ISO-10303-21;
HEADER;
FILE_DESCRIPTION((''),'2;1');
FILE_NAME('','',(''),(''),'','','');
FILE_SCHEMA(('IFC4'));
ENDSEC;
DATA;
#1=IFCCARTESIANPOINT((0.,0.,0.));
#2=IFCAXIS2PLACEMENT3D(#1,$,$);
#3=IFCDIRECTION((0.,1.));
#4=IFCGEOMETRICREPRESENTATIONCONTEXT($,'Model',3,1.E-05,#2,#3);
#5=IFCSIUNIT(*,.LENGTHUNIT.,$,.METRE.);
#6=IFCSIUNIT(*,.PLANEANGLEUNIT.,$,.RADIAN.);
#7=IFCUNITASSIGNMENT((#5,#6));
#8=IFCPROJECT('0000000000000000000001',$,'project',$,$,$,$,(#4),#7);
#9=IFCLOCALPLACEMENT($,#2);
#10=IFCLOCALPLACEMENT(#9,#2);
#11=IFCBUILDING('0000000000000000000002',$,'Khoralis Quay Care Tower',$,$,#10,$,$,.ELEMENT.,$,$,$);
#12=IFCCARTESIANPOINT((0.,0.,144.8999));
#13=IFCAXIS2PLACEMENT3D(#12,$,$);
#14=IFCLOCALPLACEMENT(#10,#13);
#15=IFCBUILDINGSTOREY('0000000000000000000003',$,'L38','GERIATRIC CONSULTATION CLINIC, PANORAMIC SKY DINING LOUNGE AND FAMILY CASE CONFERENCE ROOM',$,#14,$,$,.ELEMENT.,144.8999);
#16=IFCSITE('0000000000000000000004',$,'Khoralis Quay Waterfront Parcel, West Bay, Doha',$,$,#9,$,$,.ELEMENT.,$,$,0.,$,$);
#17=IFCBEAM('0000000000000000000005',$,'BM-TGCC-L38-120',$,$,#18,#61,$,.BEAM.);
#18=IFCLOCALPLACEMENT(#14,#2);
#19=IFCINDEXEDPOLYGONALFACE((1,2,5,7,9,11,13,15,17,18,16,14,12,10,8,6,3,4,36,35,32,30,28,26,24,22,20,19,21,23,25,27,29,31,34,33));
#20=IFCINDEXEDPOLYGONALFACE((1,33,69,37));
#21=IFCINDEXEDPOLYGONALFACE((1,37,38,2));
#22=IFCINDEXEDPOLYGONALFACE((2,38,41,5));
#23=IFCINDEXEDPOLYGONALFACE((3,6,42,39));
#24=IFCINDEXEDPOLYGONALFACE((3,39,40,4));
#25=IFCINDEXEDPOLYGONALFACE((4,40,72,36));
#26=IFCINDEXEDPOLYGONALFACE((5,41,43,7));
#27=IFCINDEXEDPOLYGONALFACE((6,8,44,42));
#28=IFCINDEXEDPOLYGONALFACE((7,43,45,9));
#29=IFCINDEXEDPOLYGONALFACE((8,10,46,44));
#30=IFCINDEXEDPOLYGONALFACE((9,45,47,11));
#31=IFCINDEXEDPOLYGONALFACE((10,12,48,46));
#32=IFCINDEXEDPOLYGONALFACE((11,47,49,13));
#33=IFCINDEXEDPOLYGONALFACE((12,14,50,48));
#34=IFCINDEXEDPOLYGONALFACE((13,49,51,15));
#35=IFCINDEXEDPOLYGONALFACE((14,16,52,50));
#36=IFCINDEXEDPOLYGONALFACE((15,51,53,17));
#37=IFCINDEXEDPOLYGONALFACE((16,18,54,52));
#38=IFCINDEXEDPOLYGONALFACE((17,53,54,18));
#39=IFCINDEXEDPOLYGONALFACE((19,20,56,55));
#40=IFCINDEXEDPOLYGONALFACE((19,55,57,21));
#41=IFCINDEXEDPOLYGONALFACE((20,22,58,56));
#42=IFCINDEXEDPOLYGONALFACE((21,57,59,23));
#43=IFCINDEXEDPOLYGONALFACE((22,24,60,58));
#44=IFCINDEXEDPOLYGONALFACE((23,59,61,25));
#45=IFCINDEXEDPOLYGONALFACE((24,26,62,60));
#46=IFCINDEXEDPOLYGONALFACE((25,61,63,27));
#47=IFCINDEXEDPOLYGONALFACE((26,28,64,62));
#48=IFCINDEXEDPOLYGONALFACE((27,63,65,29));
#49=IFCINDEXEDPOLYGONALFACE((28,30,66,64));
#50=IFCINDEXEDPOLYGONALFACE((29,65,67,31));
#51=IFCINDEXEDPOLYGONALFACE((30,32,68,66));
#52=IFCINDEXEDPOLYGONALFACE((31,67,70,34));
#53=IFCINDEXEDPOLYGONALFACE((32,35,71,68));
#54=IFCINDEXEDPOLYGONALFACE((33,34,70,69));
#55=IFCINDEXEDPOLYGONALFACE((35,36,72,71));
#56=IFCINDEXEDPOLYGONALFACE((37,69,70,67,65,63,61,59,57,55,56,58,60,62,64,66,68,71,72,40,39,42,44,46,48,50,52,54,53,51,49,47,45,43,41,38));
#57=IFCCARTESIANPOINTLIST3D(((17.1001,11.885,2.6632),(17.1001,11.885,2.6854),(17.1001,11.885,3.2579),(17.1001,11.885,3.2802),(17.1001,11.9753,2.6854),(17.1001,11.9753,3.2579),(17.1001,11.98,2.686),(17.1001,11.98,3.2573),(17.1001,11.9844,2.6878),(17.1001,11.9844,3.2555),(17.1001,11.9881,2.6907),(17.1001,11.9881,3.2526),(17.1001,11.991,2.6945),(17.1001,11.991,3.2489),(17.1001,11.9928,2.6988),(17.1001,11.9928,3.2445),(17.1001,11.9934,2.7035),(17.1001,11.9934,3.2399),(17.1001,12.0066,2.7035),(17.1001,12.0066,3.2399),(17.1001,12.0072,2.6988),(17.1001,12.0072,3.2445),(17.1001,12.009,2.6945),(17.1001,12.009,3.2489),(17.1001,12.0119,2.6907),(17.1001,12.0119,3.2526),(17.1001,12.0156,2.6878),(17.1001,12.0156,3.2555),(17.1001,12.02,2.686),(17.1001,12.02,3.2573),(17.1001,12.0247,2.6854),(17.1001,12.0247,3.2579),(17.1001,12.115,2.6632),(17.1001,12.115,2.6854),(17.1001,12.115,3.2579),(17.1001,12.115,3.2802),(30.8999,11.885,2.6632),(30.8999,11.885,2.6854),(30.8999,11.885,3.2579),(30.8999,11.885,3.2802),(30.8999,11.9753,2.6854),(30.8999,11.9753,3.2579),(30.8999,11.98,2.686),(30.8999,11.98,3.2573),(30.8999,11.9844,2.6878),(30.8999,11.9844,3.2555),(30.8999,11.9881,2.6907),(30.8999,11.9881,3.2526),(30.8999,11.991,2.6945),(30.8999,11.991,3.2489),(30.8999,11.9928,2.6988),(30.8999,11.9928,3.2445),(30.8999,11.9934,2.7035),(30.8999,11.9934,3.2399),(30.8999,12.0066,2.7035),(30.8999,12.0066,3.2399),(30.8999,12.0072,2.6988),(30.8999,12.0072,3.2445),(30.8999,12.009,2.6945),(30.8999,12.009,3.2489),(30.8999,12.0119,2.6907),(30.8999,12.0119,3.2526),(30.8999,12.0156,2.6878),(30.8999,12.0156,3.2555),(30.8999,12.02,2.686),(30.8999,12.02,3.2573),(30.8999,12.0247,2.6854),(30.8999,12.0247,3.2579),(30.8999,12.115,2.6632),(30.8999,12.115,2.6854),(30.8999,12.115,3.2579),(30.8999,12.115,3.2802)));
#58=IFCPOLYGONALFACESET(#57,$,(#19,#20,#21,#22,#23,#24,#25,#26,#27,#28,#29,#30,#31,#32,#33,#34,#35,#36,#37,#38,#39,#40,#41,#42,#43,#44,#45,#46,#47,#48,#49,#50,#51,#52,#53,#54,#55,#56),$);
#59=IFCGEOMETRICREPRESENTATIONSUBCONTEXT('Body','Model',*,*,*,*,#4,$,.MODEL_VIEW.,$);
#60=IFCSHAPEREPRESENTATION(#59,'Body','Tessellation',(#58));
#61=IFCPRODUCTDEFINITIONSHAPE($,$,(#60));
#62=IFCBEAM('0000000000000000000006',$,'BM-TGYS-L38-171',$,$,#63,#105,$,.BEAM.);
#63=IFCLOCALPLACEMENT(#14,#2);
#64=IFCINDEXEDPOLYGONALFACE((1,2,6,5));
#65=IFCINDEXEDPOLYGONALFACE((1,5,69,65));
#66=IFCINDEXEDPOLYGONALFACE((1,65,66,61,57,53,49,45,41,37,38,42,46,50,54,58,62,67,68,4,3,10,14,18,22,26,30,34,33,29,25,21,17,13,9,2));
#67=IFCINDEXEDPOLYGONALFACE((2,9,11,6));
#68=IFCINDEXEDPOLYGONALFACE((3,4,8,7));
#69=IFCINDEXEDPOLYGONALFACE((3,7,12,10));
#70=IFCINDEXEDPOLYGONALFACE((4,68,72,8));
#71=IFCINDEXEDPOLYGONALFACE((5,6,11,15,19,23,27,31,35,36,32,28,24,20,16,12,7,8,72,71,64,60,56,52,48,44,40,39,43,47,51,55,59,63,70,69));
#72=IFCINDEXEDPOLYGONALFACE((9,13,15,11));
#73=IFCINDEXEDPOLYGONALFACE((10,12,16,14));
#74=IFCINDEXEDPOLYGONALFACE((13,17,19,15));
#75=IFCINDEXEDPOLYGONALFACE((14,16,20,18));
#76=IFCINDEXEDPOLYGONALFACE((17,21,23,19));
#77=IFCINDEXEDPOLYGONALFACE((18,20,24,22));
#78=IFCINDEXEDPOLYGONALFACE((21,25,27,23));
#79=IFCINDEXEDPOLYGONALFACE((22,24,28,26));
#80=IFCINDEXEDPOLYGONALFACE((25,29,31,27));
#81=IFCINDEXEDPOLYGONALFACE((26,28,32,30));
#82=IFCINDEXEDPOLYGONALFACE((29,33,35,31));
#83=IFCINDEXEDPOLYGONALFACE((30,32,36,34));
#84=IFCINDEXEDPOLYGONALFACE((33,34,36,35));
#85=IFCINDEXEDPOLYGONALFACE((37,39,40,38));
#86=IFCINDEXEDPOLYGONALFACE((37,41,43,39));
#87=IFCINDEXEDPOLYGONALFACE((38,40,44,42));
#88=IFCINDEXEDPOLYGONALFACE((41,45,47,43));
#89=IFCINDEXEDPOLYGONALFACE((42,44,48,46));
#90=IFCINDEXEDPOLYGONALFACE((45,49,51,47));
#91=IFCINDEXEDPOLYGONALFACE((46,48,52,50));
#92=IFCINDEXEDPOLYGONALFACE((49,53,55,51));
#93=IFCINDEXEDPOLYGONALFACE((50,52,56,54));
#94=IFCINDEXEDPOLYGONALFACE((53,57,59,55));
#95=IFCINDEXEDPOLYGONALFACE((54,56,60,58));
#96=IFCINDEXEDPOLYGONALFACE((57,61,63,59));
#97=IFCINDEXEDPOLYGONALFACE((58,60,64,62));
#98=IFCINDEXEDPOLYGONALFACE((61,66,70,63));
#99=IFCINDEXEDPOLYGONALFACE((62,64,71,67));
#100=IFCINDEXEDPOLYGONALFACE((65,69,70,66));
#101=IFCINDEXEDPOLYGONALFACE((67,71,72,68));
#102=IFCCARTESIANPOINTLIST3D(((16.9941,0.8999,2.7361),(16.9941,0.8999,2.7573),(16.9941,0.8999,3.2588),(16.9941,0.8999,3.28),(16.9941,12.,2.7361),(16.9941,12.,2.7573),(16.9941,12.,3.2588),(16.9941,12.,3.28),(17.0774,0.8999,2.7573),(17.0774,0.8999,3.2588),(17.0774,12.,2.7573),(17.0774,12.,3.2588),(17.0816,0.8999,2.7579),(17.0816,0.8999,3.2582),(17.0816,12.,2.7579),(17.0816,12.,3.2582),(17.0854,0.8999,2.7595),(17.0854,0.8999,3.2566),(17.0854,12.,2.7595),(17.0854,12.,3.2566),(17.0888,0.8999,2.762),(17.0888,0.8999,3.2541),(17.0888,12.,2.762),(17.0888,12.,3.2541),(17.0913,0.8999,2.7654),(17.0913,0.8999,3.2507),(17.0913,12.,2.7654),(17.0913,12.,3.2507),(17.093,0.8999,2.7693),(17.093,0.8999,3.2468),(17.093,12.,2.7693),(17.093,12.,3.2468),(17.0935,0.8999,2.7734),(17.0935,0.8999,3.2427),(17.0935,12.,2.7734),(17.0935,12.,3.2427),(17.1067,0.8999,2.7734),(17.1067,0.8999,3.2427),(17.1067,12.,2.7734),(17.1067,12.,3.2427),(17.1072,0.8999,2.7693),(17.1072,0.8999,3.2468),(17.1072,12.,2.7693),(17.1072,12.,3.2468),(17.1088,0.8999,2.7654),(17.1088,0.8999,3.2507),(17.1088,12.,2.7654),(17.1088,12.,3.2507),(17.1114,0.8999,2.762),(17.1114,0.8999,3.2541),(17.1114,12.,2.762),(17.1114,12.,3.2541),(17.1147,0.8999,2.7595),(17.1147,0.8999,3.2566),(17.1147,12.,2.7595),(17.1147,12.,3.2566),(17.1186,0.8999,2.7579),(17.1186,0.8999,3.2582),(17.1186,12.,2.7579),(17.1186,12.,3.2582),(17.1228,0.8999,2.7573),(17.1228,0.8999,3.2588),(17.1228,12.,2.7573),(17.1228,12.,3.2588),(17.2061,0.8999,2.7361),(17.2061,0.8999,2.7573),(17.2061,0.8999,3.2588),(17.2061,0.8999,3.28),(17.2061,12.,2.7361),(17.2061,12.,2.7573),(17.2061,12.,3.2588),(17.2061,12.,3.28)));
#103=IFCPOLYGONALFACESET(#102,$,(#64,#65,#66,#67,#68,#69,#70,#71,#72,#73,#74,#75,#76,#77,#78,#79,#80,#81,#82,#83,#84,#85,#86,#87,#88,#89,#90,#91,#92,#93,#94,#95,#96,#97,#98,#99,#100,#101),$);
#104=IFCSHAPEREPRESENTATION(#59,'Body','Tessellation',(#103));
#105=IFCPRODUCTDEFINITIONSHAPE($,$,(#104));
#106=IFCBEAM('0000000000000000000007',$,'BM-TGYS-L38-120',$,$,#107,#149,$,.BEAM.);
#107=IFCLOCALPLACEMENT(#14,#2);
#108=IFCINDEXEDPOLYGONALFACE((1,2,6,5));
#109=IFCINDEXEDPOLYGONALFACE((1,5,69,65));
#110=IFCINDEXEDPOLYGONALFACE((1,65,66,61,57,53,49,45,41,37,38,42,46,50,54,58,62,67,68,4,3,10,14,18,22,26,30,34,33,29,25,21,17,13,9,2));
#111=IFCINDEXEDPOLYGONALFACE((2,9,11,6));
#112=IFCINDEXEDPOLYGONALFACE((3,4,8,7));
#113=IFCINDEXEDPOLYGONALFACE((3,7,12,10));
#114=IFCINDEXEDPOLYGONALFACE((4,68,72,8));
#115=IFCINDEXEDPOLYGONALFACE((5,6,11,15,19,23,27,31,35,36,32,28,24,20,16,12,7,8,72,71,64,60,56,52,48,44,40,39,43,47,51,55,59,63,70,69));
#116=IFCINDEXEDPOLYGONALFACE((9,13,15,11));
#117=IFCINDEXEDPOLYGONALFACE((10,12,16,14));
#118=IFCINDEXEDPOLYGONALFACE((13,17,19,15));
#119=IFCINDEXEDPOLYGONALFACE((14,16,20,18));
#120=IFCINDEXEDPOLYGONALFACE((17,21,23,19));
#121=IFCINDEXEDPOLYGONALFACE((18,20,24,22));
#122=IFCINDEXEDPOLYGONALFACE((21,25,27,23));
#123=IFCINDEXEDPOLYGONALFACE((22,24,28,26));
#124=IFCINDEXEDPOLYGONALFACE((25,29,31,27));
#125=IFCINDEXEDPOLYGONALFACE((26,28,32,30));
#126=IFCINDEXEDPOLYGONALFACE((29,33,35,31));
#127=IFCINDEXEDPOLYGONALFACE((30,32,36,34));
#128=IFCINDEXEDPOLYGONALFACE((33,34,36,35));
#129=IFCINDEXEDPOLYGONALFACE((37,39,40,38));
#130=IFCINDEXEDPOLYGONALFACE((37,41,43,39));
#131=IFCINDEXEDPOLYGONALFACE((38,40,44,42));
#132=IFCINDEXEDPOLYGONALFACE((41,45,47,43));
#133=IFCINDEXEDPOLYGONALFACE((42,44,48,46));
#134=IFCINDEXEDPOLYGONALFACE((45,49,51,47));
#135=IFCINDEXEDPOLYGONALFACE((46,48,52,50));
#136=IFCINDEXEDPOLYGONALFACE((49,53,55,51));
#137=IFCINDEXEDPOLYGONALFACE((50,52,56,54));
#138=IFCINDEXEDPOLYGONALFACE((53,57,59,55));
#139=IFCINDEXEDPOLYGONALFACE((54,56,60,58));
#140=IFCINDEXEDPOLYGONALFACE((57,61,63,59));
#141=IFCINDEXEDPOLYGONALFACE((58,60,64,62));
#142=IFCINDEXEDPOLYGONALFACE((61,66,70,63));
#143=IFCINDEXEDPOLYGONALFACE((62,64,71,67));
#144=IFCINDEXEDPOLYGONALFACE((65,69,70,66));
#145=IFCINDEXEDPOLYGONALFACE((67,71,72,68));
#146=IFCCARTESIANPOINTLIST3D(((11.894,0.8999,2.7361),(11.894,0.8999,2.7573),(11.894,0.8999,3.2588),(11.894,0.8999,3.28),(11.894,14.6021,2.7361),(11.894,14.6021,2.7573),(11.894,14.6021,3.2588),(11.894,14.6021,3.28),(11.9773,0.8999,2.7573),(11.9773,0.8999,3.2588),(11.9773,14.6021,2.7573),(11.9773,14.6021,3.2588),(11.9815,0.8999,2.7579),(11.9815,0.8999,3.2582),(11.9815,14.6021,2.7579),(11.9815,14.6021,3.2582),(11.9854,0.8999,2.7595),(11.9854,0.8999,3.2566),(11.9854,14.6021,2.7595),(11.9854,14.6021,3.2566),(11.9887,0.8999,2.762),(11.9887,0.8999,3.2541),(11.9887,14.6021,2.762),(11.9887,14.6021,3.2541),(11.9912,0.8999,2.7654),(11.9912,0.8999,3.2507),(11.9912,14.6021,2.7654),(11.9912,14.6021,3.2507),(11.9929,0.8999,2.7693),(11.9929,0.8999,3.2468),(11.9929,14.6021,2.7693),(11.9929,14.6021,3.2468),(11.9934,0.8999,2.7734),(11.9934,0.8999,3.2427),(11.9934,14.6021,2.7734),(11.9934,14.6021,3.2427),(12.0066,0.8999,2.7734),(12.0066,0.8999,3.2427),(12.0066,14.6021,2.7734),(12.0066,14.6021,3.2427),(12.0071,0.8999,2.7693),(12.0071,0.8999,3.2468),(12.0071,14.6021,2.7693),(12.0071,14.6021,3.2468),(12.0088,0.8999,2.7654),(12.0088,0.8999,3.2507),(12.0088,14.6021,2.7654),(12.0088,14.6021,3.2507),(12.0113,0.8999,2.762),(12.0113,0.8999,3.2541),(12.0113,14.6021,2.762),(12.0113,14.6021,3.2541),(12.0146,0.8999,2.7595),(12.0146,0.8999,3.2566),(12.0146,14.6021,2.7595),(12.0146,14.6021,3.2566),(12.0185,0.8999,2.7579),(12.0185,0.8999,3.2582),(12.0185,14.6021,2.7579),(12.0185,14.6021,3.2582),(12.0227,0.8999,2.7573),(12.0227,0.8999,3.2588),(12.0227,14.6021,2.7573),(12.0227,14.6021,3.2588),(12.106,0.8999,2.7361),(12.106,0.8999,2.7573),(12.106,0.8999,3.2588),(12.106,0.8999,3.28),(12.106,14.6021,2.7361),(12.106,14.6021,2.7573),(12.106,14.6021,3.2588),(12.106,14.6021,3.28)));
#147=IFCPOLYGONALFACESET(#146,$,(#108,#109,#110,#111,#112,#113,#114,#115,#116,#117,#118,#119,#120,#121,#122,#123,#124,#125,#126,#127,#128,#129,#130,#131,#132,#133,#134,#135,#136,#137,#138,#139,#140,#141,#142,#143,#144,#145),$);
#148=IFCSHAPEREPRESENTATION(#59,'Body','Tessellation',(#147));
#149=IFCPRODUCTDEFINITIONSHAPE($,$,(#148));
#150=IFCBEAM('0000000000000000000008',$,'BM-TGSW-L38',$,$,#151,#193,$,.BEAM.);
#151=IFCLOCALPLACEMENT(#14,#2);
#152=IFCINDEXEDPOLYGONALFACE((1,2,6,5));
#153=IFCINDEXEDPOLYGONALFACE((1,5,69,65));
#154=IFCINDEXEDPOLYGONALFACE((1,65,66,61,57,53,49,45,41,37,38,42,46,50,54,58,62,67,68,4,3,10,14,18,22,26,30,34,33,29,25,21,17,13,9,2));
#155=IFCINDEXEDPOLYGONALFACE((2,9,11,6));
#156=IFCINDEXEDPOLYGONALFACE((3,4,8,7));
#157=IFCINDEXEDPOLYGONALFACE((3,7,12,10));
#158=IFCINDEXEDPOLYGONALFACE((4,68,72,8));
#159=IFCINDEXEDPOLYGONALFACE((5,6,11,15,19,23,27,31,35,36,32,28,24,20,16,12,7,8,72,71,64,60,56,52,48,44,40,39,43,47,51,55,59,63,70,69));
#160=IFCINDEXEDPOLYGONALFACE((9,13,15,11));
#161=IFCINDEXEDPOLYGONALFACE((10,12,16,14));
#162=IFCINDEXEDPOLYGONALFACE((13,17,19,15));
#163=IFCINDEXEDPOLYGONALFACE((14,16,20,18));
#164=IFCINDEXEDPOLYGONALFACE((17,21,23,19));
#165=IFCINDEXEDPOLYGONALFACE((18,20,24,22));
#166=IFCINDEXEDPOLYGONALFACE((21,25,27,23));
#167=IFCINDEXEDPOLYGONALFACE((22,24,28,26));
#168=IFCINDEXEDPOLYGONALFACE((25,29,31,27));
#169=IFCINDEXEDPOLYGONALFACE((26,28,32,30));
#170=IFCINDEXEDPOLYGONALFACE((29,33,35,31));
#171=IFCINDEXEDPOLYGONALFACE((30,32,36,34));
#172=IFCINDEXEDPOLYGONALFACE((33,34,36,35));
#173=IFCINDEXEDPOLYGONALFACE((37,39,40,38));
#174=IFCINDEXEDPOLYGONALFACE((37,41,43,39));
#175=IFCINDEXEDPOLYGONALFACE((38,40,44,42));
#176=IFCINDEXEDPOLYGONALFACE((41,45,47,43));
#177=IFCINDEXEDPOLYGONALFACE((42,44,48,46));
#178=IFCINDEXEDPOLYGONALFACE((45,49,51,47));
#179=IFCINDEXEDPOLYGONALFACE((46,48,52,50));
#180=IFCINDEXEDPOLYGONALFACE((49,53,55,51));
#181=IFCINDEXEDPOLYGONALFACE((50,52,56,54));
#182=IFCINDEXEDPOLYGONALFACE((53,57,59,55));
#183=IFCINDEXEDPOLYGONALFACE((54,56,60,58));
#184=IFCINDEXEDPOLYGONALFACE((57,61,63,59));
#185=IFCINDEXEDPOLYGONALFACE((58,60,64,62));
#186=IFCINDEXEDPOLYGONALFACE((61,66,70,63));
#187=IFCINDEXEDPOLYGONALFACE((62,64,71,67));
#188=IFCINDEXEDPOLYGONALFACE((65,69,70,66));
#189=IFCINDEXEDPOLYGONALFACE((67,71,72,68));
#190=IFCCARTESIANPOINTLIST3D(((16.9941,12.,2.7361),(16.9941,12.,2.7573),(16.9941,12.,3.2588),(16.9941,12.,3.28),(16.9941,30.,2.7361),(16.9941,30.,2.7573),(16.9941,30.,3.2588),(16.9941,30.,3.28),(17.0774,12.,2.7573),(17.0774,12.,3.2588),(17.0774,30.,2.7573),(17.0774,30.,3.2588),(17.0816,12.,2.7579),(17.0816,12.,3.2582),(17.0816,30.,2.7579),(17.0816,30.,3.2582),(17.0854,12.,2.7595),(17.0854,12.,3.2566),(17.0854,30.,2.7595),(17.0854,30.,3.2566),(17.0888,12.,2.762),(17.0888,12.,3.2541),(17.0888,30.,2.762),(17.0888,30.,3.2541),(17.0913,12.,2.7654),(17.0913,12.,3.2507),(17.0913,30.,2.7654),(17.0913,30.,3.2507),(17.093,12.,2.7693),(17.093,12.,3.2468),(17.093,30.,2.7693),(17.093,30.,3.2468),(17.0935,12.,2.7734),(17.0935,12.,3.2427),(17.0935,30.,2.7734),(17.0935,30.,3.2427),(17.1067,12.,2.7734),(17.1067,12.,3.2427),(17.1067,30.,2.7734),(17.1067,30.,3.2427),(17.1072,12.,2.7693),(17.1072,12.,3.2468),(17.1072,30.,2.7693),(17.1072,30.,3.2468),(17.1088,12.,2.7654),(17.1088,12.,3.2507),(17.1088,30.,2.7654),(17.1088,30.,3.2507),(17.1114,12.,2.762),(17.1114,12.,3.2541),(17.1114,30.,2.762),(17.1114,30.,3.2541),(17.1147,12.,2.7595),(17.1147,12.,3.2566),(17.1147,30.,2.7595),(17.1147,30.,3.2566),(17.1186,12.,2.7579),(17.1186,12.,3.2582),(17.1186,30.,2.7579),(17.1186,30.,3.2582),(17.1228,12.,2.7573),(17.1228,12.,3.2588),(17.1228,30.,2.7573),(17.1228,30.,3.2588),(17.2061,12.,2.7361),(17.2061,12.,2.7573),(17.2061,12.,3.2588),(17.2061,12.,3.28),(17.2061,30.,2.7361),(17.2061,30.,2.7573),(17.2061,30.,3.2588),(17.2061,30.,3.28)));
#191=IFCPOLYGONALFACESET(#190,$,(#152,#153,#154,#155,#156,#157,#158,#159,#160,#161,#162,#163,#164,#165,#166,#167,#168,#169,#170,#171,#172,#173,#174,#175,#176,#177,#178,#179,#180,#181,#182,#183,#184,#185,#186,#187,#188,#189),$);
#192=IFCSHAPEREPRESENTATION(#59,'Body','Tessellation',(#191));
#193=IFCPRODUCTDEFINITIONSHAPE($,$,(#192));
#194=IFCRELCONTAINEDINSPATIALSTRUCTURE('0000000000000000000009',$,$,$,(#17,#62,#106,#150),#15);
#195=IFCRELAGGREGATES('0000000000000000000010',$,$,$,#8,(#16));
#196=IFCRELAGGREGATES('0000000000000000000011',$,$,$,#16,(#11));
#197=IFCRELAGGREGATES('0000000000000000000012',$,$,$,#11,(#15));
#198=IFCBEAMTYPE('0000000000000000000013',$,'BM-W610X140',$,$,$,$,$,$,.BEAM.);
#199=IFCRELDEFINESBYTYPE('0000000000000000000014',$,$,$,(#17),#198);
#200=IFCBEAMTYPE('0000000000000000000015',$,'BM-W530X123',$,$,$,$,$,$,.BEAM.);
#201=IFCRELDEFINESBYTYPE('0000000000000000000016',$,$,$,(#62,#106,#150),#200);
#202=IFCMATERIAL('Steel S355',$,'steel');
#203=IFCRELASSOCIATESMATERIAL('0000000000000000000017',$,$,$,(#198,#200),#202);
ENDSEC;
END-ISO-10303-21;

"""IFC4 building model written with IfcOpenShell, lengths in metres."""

from ifc_helpers import new_model, si_unit, direction, frame, origin, origin_2d, place, context, subcontext, project, spatial, i_section, extrude, source, transform, mapped, material, material_profile, profile_set, type_object, element, save


model = new_model("IFC4")

# Units and contexts
model_context = context("Model", 3, precision=1e-05, world=origin(), true_north=direction((0.0, 1.0)))
body_context = subcontext(model_context, "Body", "Model", "MODEL_VIEW")
ifc_project = project(units=[si_unit("LENGTHUNIT", "METRE"), si_unit("PLANEANGLEUNIT", "RADIAN")], contexts=[model_context])

# Site, building, storey
site_placement = place(None, origin())
site = spatial("IfcSite", under=ifc_project, at=site_placement, Name="Khoralis Quay Waterfront Parcel, West Bay, Doha", CompositionType="ELEMENT", RefElevation=0.0)
building_placement = place(site_placement, origin())
building = spatial("IfcBuilding", under=site, at=building_placement, Name="Khoralis Quay Care Tower", CompositionType="ELEMENT")
storey_placement = place(building_placement, frame((0.0, 0.0, 144.8999)))
storey = spatial("IfcBuildingStorey", under=building, at=storey_placement, Name="L38", Description="GERIATRIC CONSULTATION CLINIC, PANORAMIC SKY DINING LOUNGE AND FAMILY CASE CONFERENCE ROOM", CompositionType="ELEMENT", Elevation=144.8999)

# Beams
ifc_material_1 = material(Name="Steel S355", Category="steel")
ifc_material_profile_1 = material_profile(ifc_material_1, i_section(OverallWidth=0.23, OverallDepth=0.6169, WebThickness=0.0132, FlangeThickness=0.0222, FilletRadius=0.0181, at=origin_2d()), Name="Steel S355")
ifc_profile_set_1 = profile_set([ifc_material_profile_1], Name="Steel S355")
beam_type_1 = type_object("IfcBeamType", Name="BM-W610X140", PredefinedType="BEAM", material=ifc_profile_set_1)
shared_shape_1 = source(origin(), body_context, "Body", "SweptSolid", [
    extrude(i_section(OverallWidth=0.23, OverallDepth=0.6169, WebThickness=0.0132, FlangeThickness=0.0222, FilletRadius=0.0181, at=origin_2d()), origin(), (0.0, 0.0, 1.0), 13.7998),
])
beam_1_placement = place(storey_placement, frame((17.1001, 12.0, 2.9717), z_axis=(1.0, 0.0, 0.0), x_axis=(0.0, 1.0, 0.0)))
element("IfcBeam", 1, at=beam_1_placement, inside=storey, type_object=beam_type_1, Name="BM-TGCC-L38-120", PredefinedType="BEAM", context=body_context, shape_type="MappedRepresentation", body=[
    mapped(shared_shape_1, transform((0.0, 0.0, 0.0), scale=1.0)),
])
ifc_material_profile_2 = material_profile(ifc_material_1, i_section(OverallWidth=0.2119, OverallDepth=0.5439, WebThickness=0.0132, FlangeThickness=0.0212, FilletRadius=0.0161, at=origin_2d()), Name="Steel S355")
ifc_profile_set_2 = profile_set([ifc_material_profile_2], Name="Steel S355")
beam_type_2 = type_object("IfcBeamType", Name="BM-W530X123", PredefinedType="BEAM", material=ifc_profile_set_2)
shared_shape_2 = source(origin(), body_context, "Body", "SweptSolid", [
    extrude(i_section(OverallWidth=0.2119, OverallDepth=0.5439, WebThickness=0.0132, FlangeThickness=0.0212, FilletRadius=0.0161, at=origin_2d()), origin(), (0.0, 0.0, 1.0), 11.1001),
])
beam_2_placement = place(storey_placement, frame((17.1001, 0.8999, 3.0081), z_axis=(0.0, 1.0, 0.0), x_axis=(-1.0, 0.0, 0.0)))
element("IfcBeam", 2, at=beam_2_placement, inside=storey, type_object=beam_type_2, Name="BM-TGYS-L38-171", PredefinedType="BEAM", context=body_context, shape_type="MappedRepresentation", body=[
    mapped(shared_shape_2, transform((0.0, 0.0, 0.0), scale=1.0)),
])
shared_shape_3 = source(origin(), body_context, "Body", "SweptSolid", [
    extrude(i_section(OverallWidth=0.2119, OverallDepth=0.5439, WebThickness=0.0132, FlangeThickness=0.0212, FilletRadius=0.0161, at=origin_2d()), origin(), (0.0, 0.0, 1.0), 13.7021),
])
beam_3_placement = place(storey_placement, frame((12.0, 0.8999, 3.0081), z_axis=(0.0, 1.0, 0.0), x_axis=(-1.0, 0.0, 0.0)))
element("IfcBeam", 3, at=beam_3_placement, inside=storey, type_object=beam_type_2, Name="BM-TGYS-L38-120", PredefinedType="BEAM", context=body_context, shape_type="MappedRepresentation", body=[
    mapped(shared_shape_3, transform((0.0, 0.0, 0.0), scale=1.0)),
])
shared_shape_4 = source(origin(), body_context, "Body", "SweptSolid", [
    extrude(i_section(OverallWidth=0.2119, OverallDepth=0.5439, WebThickness=0.0132, FlangeThickness=0.0212, FilletRadius=0.0161, at=origin_2d()), origin(), (0.0, 0.0, 1.0), 18.0),
])
beam_4_placement = place(storey_placement, frame((17.1001, 12.0, 3.0081), z_axis=(0.0, 1.0, 0.0), x_axis=(-1.0, 0.0, 0.0)))
element("IfcBeam", 4, at=beam_4_placement, inside=storey, type_object=beam_type_2, Name="BM-TGSW-L38", PredefinedType="BEAM", context=body_context, shape_type="MappedRepresentation", body=[
    mapped(shared_shape_4, transform((0.0, 0.0, 0.0), scale=1.0)),
])

save(model, "model.ifc")
